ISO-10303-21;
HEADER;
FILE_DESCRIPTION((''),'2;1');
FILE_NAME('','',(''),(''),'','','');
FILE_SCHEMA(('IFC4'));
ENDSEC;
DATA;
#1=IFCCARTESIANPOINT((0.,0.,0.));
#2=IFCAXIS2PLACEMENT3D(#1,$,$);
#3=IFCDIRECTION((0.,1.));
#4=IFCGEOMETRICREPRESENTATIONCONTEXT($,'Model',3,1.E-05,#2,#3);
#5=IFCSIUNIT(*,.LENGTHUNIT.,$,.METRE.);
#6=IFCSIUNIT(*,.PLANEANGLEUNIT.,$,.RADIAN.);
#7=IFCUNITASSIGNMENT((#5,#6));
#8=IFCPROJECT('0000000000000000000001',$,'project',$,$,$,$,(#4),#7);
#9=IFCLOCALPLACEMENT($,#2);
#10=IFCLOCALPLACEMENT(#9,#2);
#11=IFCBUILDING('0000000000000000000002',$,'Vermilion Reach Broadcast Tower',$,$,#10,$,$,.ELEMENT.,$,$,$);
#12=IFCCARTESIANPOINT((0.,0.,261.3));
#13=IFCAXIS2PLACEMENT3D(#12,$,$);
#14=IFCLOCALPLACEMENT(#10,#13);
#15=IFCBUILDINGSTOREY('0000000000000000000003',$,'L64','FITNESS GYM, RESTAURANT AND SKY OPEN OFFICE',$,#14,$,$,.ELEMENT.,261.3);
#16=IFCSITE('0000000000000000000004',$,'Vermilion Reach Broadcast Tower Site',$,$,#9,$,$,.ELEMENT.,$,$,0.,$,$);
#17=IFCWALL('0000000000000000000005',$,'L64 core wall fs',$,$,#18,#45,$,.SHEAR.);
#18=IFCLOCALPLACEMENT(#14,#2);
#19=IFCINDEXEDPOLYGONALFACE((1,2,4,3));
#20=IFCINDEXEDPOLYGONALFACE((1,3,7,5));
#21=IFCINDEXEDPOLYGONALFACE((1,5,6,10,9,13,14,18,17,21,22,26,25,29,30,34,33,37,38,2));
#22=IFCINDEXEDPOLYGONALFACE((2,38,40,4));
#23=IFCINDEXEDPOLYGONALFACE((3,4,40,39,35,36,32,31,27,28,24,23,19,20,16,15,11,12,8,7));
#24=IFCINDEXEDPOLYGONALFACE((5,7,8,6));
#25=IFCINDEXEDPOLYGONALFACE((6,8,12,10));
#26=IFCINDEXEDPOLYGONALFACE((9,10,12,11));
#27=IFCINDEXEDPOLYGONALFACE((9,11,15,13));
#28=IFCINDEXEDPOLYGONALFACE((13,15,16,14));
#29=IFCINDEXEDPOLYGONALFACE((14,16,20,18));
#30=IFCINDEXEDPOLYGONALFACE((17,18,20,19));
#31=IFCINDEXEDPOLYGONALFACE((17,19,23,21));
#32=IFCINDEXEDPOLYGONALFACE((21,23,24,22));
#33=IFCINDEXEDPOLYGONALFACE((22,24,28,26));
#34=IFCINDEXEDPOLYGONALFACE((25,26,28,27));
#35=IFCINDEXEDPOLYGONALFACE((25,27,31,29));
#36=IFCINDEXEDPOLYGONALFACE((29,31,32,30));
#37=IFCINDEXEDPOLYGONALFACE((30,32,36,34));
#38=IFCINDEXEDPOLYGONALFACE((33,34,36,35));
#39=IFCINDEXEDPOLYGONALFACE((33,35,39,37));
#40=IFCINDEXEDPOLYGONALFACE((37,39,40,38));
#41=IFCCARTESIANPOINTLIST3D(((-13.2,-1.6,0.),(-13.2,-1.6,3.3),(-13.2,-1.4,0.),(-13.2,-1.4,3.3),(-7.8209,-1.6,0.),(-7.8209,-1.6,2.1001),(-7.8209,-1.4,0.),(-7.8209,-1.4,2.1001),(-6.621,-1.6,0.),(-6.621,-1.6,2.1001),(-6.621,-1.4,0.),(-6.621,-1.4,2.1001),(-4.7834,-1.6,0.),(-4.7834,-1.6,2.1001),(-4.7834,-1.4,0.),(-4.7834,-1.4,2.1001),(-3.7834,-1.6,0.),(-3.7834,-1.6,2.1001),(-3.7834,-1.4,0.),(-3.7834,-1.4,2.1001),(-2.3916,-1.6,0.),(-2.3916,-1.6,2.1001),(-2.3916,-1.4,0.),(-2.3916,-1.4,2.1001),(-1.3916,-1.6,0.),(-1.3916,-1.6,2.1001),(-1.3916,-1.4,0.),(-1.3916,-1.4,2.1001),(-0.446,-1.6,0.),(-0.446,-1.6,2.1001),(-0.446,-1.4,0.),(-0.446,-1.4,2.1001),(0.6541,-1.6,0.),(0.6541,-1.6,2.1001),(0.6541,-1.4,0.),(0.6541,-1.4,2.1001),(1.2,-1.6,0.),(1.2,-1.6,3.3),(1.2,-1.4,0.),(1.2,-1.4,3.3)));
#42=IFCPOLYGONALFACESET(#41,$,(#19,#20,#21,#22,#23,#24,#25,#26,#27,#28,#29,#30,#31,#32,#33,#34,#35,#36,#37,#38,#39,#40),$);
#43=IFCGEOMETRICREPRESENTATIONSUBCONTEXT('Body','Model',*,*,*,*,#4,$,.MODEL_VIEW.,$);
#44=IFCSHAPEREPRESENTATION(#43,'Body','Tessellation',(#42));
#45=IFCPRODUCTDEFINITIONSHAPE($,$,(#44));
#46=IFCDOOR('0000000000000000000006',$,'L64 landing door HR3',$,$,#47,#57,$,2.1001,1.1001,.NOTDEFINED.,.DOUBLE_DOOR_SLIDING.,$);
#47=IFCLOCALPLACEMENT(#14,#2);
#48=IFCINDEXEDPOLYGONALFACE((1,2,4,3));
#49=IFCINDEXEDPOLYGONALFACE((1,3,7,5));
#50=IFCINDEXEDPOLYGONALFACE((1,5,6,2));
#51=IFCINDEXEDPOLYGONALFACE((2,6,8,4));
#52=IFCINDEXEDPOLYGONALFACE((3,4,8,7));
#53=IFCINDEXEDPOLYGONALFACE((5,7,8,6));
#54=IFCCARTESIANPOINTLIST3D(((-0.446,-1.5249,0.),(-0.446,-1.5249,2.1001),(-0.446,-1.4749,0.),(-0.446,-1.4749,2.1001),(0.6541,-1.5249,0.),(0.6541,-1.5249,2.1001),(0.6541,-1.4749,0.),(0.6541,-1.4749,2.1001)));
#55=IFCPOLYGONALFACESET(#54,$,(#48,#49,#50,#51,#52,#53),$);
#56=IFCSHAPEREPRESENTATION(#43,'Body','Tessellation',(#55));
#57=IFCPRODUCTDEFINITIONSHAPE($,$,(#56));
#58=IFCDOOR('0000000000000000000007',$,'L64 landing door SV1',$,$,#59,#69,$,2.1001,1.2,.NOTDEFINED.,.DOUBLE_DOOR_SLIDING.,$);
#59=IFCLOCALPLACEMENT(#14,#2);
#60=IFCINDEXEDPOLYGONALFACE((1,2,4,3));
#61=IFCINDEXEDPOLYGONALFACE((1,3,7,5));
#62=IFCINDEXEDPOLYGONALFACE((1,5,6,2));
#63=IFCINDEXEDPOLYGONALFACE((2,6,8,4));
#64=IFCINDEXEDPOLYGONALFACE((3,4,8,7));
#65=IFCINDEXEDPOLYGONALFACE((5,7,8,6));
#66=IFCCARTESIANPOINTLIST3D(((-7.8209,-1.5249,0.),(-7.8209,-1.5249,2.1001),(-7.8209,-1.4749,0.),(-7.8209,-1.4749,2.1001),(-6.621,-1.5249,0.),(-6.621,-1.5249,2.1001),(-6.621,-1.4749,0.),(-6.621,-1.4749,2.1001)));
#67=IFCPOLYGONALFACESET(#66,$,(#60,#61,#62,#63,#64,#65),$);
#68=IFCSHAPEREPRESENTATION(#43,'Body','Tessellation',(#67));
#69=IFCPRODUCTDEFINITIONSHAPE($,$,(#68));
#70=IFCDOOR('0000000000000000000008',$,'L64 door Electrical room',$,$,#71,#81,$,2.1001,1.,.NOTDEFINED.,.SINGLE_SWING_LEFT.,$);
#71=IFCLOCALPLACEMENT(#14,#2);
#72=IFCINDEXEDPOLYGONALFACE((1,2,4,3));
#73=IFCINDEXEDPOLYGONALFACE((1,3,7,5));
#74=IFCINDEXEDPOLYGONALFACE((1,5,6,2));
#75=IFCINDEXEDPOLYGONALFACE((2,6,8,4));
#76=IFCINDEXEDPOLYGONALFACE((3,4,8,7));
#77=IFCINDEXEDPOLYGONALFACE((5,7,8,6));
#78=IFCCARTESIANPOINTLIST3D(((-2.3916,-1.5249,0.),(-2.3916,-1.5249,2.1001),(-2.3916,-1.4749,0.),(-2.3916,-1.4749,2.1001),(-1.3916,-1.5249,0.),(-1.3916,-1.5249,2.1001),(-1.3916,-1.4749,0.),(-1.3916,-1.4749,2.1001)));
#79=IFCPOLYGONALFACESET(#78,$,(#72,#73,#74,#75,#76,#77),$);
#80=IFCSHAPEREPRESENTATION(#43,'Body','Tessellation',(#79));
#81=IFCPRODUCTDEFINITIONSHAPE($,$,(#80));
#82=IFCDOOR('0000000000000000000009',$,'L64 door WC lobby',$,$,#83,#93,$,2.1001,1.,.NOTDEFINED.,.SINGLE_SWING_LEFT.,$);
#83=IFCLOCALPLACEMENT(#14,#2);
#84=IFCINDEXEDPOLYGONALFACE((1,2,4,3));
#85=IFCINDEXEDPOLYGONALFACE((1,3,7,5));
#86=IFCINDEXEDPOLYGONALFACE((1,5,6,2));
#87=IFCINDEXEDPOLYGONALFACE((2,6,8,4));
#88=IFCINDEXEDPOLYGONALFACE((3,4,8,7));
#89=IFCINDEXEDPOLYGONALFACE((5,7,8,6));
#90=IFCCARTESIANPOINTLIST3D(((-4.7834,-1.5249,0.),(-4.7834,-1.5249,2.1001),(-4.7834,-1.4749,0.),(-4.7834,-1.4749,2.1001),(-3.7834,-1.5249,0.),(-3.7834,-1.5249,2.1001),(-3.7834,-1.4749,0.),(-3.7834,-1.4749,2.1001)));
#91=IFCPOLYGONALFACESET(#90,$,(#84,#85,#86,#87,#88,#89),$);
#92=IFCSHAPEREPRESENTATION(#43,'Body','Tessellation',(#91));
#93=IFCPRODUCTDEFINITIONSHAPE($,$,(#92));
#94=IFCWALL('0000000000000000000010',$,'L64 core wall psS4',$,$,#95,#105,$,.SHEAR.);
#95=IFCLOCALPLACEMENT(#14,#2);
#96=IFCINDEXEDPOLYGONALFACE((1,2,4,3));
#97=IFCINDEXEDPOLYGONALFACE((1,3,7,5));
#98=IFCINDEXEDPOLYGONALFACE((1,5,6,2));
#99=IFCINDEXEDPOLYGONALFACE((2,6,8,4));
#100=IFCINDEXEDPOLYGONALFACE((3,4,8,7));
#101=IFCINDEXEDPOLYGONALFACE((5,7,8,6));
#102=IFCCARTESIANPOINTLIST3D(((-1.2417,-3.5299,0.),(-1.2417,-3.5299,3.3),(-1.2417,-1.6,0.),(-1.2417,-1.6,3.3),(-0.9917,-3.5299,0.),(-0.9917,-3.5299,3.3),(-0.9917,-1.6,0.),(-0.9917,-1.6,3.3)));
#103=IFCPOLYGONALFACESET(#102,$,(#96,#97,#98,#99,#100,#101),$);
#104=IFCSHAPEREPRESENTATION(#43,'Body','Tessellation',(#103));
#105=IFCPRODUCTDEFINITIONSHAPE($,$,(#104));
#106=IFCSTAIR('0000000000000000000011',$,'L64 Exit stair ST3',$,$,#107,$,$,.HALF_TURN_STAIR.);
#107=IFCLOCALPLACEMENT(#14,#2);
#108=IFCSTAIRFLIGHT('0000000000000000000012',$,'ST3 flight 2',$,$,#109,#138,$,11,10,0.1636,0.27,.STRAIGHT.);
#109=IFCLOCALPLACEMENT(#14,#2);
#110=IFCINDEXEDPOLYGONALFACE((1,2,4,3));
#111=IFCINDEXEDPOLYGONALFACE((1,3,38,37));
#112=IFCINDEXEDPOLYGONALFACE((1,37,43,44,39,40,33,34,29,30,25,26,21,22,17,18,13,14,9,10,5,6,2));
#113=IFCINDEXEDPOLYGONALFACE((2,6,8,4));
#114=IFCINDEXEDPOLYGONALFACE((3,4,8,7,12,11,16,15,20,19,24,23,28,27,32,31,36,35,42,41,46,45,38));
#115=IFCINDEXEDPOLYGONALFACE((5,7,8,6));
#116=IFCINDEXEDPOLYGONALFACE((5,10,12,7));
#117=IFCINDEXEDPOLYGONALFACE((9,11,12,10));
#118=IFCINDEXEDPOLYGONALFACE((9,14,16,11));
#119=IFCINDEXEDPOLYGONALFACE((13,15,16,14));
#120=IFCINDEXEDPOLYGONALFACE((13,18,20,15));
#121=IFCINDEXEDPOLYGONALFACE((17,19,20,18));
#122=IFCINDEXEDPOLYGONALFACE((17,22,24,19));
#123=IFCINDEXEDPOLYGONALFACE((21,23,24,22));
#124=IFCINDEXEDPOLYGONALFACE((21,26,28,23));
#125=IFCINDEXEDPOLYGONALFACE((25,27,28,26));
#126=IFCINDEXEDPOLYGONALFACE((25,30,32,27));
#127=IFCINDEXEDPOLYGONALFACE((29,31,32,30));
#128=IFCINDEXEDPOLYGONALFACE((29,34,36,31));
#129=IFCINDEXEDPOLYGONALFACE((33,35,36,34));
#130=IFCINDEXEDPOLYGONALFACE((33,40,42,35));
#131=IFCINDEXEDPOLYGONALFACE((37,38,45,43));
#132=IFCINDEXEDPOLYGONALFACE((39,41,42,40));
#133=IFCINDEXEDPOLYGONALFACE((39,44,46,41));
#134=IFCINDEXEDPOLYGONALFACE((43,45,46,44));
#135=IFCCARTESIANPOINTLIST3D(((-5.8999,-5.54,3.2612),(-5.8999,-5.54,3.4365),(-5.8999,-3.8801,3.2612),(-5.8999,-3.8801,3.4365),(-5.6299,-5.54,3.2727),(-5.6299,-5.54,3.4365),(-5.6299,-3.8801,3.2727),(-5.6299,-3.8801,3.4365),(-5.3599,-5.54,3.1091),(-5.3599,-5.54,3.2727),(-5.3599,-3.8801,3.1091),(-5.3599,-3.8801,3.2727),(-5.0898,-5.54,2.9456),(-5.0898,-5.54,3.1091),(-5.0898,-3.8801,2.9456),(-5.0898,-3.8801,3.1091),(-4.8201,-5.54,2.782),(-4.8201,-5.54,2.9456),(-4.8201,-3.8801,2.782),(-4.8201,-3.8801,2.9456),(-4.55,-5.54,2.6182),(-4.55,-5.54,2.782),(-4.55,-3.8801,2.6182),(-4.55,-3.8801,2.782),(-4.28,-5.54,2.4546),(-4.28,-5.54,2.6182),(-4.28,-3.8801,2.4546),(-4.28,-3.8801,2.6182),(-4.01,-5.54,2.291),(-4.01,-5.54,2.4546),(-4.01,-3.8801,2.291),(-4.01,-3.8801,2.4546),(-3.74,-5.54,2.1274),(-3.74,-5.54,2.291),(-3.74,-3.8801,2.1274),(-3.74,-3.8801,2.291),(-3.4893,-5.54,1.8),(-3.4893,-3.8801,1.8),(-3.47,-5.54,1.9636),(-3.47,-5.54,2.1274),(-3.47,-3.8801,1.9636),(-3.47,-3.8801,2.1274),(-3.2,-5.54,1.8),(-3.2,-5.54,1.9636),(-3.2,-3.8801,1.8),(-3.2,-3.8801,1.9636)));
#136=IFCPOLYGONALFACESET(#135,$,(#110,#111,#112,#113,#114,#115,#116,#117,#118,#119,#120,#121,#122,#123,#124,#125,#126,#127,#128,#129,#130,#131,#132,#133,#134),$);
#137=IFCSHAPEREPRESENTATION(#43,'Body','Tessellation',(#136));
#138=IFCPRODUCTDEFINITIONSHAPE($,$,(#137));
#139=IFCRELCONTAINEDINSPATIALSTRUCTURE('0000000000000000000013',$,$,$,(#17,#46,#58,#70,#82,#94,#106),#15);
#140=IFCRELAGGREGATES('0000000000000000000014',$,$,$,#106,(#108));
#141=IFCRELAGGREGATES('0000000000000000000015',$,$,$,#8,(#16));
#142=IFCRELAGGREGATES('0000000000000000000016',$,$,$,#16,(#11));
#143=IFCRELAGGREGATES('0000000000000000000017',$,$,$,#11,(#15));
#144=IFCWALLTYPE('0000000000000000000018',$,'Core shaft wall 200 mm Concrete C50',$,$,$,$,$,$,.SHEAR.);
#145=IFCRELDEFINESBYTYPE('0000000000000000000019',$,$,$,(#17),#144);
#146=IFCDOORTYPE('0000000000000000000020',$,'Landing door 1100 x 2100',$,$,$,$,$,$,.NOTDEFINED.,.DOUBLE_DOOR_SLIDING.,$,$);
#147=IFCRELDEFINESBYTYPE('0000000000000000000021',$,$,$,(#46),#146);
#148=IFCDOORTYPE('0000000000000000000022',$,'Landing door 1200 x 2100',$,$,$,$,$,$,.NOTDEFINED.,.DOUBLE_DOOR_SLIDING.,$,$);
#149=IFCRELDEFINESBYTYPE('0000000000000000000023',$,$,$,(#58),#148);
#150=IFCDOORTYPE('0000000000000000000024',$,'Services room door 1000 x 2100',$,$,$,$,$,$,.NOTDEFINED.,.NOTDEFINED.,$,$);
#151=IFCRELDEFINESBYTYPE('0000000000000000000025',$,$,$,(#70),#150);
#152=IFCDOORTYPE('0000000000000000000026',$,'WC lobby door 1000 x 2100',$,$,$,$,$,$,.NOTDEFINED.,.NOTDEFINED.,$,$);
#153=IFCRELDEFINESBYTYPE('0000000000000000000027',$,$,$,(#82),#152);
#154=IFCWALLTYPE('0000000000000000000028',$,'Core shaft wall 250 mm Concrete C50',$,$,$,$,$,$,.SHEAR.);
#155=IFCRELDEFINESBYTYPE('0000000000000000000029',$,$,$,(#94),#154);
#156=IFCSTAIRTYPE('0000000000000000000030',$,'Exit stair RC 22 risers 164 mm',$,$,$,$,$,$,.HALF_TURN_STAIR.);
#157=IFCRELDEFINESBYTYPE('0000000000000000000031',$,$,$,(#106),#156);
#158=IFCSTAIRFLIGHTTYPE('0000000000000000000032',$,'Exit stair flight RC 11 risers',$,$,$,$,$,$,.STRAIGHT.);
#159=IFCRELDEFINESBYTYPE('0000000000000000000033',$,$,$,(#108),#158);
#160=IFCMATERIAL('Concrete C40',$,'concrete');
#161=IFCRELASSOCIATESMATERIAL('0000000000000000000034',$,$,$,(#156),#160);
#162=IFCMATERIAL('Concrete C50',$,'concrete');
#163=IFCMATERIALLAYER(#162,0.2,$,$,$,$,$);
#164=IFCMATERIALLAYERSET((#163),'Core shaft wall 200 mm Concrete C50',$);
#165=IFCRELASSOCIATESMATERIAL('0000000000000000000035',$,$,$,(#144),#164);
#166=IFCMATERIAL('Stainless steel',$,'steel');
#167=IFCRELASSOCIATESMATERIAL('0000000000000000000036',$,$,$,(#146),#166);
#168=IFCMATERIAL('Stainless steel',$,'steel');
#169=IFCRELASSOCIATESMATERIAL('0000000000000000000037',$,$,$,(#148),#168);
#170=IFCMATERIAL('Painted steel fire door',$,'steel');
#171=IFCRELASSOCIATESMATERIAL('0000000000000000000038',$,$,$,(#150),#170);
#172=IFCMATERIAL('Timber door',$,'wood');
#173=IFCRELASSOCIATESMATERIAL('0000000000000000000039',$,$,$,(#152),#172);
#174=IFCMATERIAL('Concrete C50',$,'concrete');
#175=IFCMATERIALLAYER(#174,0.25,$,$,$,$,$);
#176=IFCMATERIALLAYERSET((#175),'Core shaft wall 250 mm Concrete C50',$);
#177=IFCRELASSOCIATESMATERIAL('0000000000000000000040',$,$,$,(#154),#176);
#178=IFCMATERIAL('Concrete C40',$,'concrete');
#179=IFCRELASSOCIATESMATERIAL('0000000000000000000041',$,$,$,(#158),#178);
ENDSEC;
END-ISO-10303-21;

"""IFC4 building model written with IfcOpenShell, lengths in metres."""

from ifc_helpers import new_model, si_unit, direction, frame, frame_2d, origin, place, context, subcontext, project, spatial, polyline, rectangle, outline, extrude, material, layer, layer_set, type_object, element, fill, aggregate, save


model = new_model("IFC4")

# Units and contexts
model_context = context("Model", 3, precision=1e-05, world=origin(), true_north=direction((0.0, 1.0)))
body_context = subcontext(model_context, "Body", "Model", "MODEL_VIEW")
ifc_project = project(units=[si_unit("LENGTHUNIT", "METRE"), si_unit("PLANEANGLEUNIT", "RADIAN")], contexts=[model_context])

# Site, building, storey
site_placement = place(None, origin())
site = spatial("IfcSite", under=ifc_project, at=site_placement, Name="Vermilion Reach Broadcast Tower Site", CompositionType="ELEMENT", RefElevation=0.0)
building_placement = place(site_placement, origin())
building = spatial("IfcBuilding", under=site, at=building_placement, Name="Vermilion Reach Broadcast Tower", CompositionType="ELEMENT")
storey_placement = place(building_placement, frame((0.0, 0.0, 261.3)))
storey = spatial("IfcBuildingStorey", under=building, at=storey_placement, Name="L64", Description="FITNESS GYM, RESTAURANT AND SKY OPEN OFFICE", CompositionType="ELEMENT", Elevation=261.3)

# Shared definitions
ifc_material_1 = material(Name="Concrete C40", Category="concrete")
stair_type = type_object("IfcStairType", Name="Exit stair RC 22 risers 164 mm", PredefinedType="HALF_TURN_STAIR", material=ifc_material_1)
placement_1 = place(storey_placement, origin())

# Wall, openings, doors
ifc_material_2 = material(Name="Concrete C50", Category="concrete")
ifc_layer_1 = layer(ifc_material_2, 0.2)
ifc_layer_set_1 = layer_set([ifc_layer_1], Name="Core shaft wall 200 mm Concrete C50")
wall_type_1 = type_object("IfcWallType", Name="Core shaft wall 200 mm Concrete C50", PredefinedType="SHEAR", material=ifc_layer_set_1)
wall_1_placement = place(storey_placement, frame((1.2, -1.5, 0.0), z_axis=(0.0, 0.0, 1.0), x_axis=(-1.0, 0.0, 0.0)))
wall_1 = element("IfcWall", 1, at=wall_1_placement, inside=storey, type_object=wall_type_1, Name="L64 core wall fs", PredefinedType="SHEAR", context=body_context, shape_type="SweptSolid", body=[
    extrude(rectangle(XDim=14.3999, YDim=0.2, at=frame_2d((7.2, 0.0))), origin(), (0.0, 0.0, 1.0), 3.3),
])
opening_1_placement = place(wall_1_placement, frame((7.8208, 0.0, 0.0)))
opening_1 = element("IfcOpeningElement", 2, at=opening_1_placement, cuts=wall_1, PredefinedType="OPENING", context=body_context, shape_type="SweptSolid", body=[
    extrude(rectangle(XDim=1.2, YDim=2.1001, at=frame_2d((0.6001, 1.05))), frame((0.0, 0.1099, 0.0), z_axis=(0.0, -1.0, 0.0), x_axis=(1.0, 0.0, 0.0)), (0.0, 0.0, 1.0), 0.22),
])
opening_2_placement = place(wall_1_placement, frame((0.5459, 0.0, 0.0)))
opening_2 = element("IfcOpeningElement", 3, at=opening_2_placement, cuts=wall_1, PredefinedType="OPENING", context=body_context, shape_type="SweptSolid", body=[
    extrude(rectangle(XDim=1.1001, YDim=2.1001, at=frame_2d((0.55, 1.05))), frame((0.0, 0.1099, 0.0), z_axis=(0.0, -1.0, 0.0), x_axis=(1.0, 0.0, 0.0)), (0.0, 0.0, 1.0), 0.22),
])
opening_3_placement = place(wall_1_placement, frame((4.9834, 0.0, 0.0)))
opening_3 = element("IfcOpeningElement", 4, at=opening_3_placement, cuts=wall_1, PredefinedType="OPENING", context=body_context, shape_type="SweptSolid", body=[
    extrude(rectangle(XDim=1.0, YDim=2.1001, at=frame_2d((0.5, 1.05))), frame((0.0, 0.1099, 0.0), z_axis=(0.0, -1.0, 0.0), x_axis=(1.0, 0.0, 0.0)), (0.0, 0.0, 1.0), 0.22),
])
opening_4_placement = place(wall_1_placement, frame((2.5916, 0.0, 0.0)))
opening_4 = element("IfcOpeningElement", 5, at=opening_4_placement, cuts=wall_1, PredefinedType="OPENING", context=body_context, shape_type="SweptSolid", body=[
    extrude(rectangle(XDim=1.0, YDim=2.1001, at=frame_2d((0.5, 1.05))), frame((0.0, 0.1099, 0.0), z_axis=(0.0, -1.0, 0.0), x_axis=(1.0, 0.0, 0.0)), (0.0, 0.0, 1.0), 0.22),
])
ifc_material_3 = material(Name="Stainless steel", Category="steel")
door_type_1 = type_object("IfcDoorType", Name="Landing door 1100 x 2100", OperationType="DOUBLE_DOOR_SLIDING", PredefinedType="NOTDEFINED", material=ifc_material_3)
door_1_placement = place(opening_2_placement, origin())
door_1 = element("IfcDoor", 6, at=door_1_placement, inside=storey, type_object=door_type_1, Name="L64 landing door HR3", OperationType="DOUBLE_DOOR_SLIDING", OverallHeight=2.1001, OverallWidth=1.1001, PredefinedType="NOTDEFINED", context=body_context, shape_type="SweptSolid", body=[
    extrude(rectangle(XDim=1.1001, YDim=2.1001, at=frame_2d((0.55, 1.05))), frame((0.0, 0.0249, 0.0), z_axis=(0.0, -1.0, 0.0), x_axis=(1.0, 0.0, 0.0)), (0.0, 0.0, 1.0), 0.05),
])
fill(opening_2, door_1)
ifc_material_4 = material(Name="Stainless steel", Category="steel")
door_type_2 = type_object("IfcDoorType", Name="Landing door 1200 x 2100", OperationType="DOUBLE_DOOR_SLIDING", PredefinedType="NOTDEFINED", material=ifc_material_4)
door_2_placement = place(opening_1_placement, origin())
door_2 = element("IfcDoor", 7, at=door_2_placement, inside=storey, type_object=door_type_2, Name="L64 landing door SV1", OperationType="DOUBLE_DOOR_SLIDING", OverallHeight=2.1001, OverallWidth=1.2, PredefinedType="NOTDEFINED", context=body_context, shape_type="SweptSolid", body=[
    extrude(rectangle(XDim=1.2, YDim=2.1001, at=frame_2d((0.6001, 1.05))), frame((0.0, 0.0249, 0.0), z_axis=(0.0, -1.0, 0.0), x_axis=(1.0, 0.0, 0.0)), (0.0, 0.0, 1.0), 0.05),
])
fill(opening_1, door_2)
ifc_material_5 = material(Name="Painted steel fire door", Category="steel")
door_type_3 = type_object("IfcDoorType", Name="Services room door 1000 x 2100", OperationType="NOTDEFINED", PredefinedType="NOTDEFINED", material=ifc_material_5)
door_3_placement = place(opening_4_placement, origin())
door_3 = element("IfcDoor", 8, at=door_3_placement, inside=storey, type_object=door_type_3, Name="L64 door Electrical room", OperationType="SINGLE_SWING_LEFT", OverallHeight=2.1001, OverallWidth=1.0, PredefinedType="NOTDEFINED", context=body_context, shape_type="SweptSolid", body=[
    extrude(rectangle(XDim=1.0, YDim=2.1001, at=frame_2d((0.5, 1.05))), frame((0.0, 0.0249, 0.0), z_axis=(0.0, -1.0, 0.0), x_axis=(1.0, 0.0, 0.0)), (0.0, 0.0, 1.0), 0.05),
])
fill(opening_4, door_3)
ifc_material_6 = material(Name="Timber door", Category="wood")
door_type_4 = type_object("IfcDoorType", Name="WC lobby door 1000 x 2100", OperationType="NOTDEFINED", PredefinedType="NOTDEFINED", material=ifc_material_6)
door_4_placement = place(opening_3_placement, origin())
door_4 = element("IfcDoor", 9, at=door_4_placement, inside=storey, type_object=door_type_4, Name="L64 door WC lobby", OperationType="SINGLE_SWING_LEFT", OverallHeight=2.1001, OverallWidth=1.0, PredefinedType="NOTDEFINED", context=body_context, shape_type="SweptSolid", body=[
    extrude(rectangle(XDim=1.0, YDim=2.1001, at=frame_2d((0.5, 1.05))), frame((0.0, 0.0249, 0.0), z_axis=(0.0, -1.0, 0.0), x_axis=(1.0, 0.0, 0.0)), (0.0, 0.0, 1.0), 0.05),
])
fill(opening_3, door_4)

# Wall
ifc_material_7 = material(Name="Concrete C50", Category="concrete")
ifc_layer_2 = layer(ifc_material_7, 0.25)
ifc_layer_set_2 = layer_set([ifc_layer_2], Name="Core shaft wall 250 mm Concrete C50")
wall_type_2 = type_object("IfcWallType", Name="Core shaft wall 250 mm Concrete C50", PredefinedType="SHEAR", material=ifc_layer_set_2)
wall_2_placement = place(storey_placement, frame((-1.1167, -1.6001, 0.0), z_axis=(0.0, 0.0, 1.0), x_axis=(0.0, -1.0, 0.0)))
element("IfcWall", 10, at=wall_2_placement, inside=storey, type_object=wall_type_2, Name="L64 core wall psS4", PredefinedType="SHEAR", context=body_context, shape_type="SweptSolid", body=[
    extrude(rectangle(XDim=1.9299, YDim=0.25, at=frame_2d((0.9648, 0.0))), origin(), (0.0, 0.0, 1.0), 3.3),
])

# Stair, stair flight
stair_1 = element("IfcStair", 11, at=placement_1, inside=storey, type_object=stair_type, Name="L64 Exit stair ST3", PredefinedType="HALF_TURN_STAIR")
ifc_material_8 = material(Name="Concrete C40", Category="concrete")
stair_flight_type = type_object("IfcStairFlightType", Name="Exit stair flight RC 11 risers", PredefinedType="STRAIGHT", material=ifc_material_8)
stair_flight_placement = place(storey_placement, frame((-3.2, -4.71, 1.8), z_axis=(0.0, 0.0, 1.0), x_axis=(-1.0, 0.0, 0.0)))
stair_flight = element("IfcStairFlight", 12, at=stair_flight_placement, type_object=stair_flight_type, Name="ST3 flight 2", NumberOfRisers=11, NumberOfTreads=10, PredefinedType="STRAIGHT", RiserHeight=0.1636, TreadLength=0.27, context=body_context, shape_type="SweptSolid", body=[
    extrude(outline(polyline([(0.0, 0.0), (0.0, 0.1636), (0.27, 0.1636), (0.27, 0.3274), (0.54, 0.3274), (0.54, 0.491), (0.8101, 0.491), (0.8101, 0.6545), (1.0801, 0.6545), (1.0801, 0.8181), (1.3501, 0.8181), (1.3501, 0.9819), (1.6201, 0.9819), (1.6201, 1.1455), (1.8899, 1.1455), (1.8899, 1.3091), (2.1599, 1.3091), (2.1599, 1.4727), (2.4299, 1.4727), (2.4299, 1.6365), (2.7, 1.6365), (2.7, 1.8), (2.7, 1.4612), (0.2893, 0.0), (0.0, 0.0)])), frame((0.0, 0.8301, 0.0), z_axis=(0.0, -1.0, 0.0), x_axis=(1.0, 0.0, 0.0)), (0.0, 0.0, 1.0), 1.6599),
])
aggregate(stair_1, [stair_flight])

save(model, "model.ifc")
